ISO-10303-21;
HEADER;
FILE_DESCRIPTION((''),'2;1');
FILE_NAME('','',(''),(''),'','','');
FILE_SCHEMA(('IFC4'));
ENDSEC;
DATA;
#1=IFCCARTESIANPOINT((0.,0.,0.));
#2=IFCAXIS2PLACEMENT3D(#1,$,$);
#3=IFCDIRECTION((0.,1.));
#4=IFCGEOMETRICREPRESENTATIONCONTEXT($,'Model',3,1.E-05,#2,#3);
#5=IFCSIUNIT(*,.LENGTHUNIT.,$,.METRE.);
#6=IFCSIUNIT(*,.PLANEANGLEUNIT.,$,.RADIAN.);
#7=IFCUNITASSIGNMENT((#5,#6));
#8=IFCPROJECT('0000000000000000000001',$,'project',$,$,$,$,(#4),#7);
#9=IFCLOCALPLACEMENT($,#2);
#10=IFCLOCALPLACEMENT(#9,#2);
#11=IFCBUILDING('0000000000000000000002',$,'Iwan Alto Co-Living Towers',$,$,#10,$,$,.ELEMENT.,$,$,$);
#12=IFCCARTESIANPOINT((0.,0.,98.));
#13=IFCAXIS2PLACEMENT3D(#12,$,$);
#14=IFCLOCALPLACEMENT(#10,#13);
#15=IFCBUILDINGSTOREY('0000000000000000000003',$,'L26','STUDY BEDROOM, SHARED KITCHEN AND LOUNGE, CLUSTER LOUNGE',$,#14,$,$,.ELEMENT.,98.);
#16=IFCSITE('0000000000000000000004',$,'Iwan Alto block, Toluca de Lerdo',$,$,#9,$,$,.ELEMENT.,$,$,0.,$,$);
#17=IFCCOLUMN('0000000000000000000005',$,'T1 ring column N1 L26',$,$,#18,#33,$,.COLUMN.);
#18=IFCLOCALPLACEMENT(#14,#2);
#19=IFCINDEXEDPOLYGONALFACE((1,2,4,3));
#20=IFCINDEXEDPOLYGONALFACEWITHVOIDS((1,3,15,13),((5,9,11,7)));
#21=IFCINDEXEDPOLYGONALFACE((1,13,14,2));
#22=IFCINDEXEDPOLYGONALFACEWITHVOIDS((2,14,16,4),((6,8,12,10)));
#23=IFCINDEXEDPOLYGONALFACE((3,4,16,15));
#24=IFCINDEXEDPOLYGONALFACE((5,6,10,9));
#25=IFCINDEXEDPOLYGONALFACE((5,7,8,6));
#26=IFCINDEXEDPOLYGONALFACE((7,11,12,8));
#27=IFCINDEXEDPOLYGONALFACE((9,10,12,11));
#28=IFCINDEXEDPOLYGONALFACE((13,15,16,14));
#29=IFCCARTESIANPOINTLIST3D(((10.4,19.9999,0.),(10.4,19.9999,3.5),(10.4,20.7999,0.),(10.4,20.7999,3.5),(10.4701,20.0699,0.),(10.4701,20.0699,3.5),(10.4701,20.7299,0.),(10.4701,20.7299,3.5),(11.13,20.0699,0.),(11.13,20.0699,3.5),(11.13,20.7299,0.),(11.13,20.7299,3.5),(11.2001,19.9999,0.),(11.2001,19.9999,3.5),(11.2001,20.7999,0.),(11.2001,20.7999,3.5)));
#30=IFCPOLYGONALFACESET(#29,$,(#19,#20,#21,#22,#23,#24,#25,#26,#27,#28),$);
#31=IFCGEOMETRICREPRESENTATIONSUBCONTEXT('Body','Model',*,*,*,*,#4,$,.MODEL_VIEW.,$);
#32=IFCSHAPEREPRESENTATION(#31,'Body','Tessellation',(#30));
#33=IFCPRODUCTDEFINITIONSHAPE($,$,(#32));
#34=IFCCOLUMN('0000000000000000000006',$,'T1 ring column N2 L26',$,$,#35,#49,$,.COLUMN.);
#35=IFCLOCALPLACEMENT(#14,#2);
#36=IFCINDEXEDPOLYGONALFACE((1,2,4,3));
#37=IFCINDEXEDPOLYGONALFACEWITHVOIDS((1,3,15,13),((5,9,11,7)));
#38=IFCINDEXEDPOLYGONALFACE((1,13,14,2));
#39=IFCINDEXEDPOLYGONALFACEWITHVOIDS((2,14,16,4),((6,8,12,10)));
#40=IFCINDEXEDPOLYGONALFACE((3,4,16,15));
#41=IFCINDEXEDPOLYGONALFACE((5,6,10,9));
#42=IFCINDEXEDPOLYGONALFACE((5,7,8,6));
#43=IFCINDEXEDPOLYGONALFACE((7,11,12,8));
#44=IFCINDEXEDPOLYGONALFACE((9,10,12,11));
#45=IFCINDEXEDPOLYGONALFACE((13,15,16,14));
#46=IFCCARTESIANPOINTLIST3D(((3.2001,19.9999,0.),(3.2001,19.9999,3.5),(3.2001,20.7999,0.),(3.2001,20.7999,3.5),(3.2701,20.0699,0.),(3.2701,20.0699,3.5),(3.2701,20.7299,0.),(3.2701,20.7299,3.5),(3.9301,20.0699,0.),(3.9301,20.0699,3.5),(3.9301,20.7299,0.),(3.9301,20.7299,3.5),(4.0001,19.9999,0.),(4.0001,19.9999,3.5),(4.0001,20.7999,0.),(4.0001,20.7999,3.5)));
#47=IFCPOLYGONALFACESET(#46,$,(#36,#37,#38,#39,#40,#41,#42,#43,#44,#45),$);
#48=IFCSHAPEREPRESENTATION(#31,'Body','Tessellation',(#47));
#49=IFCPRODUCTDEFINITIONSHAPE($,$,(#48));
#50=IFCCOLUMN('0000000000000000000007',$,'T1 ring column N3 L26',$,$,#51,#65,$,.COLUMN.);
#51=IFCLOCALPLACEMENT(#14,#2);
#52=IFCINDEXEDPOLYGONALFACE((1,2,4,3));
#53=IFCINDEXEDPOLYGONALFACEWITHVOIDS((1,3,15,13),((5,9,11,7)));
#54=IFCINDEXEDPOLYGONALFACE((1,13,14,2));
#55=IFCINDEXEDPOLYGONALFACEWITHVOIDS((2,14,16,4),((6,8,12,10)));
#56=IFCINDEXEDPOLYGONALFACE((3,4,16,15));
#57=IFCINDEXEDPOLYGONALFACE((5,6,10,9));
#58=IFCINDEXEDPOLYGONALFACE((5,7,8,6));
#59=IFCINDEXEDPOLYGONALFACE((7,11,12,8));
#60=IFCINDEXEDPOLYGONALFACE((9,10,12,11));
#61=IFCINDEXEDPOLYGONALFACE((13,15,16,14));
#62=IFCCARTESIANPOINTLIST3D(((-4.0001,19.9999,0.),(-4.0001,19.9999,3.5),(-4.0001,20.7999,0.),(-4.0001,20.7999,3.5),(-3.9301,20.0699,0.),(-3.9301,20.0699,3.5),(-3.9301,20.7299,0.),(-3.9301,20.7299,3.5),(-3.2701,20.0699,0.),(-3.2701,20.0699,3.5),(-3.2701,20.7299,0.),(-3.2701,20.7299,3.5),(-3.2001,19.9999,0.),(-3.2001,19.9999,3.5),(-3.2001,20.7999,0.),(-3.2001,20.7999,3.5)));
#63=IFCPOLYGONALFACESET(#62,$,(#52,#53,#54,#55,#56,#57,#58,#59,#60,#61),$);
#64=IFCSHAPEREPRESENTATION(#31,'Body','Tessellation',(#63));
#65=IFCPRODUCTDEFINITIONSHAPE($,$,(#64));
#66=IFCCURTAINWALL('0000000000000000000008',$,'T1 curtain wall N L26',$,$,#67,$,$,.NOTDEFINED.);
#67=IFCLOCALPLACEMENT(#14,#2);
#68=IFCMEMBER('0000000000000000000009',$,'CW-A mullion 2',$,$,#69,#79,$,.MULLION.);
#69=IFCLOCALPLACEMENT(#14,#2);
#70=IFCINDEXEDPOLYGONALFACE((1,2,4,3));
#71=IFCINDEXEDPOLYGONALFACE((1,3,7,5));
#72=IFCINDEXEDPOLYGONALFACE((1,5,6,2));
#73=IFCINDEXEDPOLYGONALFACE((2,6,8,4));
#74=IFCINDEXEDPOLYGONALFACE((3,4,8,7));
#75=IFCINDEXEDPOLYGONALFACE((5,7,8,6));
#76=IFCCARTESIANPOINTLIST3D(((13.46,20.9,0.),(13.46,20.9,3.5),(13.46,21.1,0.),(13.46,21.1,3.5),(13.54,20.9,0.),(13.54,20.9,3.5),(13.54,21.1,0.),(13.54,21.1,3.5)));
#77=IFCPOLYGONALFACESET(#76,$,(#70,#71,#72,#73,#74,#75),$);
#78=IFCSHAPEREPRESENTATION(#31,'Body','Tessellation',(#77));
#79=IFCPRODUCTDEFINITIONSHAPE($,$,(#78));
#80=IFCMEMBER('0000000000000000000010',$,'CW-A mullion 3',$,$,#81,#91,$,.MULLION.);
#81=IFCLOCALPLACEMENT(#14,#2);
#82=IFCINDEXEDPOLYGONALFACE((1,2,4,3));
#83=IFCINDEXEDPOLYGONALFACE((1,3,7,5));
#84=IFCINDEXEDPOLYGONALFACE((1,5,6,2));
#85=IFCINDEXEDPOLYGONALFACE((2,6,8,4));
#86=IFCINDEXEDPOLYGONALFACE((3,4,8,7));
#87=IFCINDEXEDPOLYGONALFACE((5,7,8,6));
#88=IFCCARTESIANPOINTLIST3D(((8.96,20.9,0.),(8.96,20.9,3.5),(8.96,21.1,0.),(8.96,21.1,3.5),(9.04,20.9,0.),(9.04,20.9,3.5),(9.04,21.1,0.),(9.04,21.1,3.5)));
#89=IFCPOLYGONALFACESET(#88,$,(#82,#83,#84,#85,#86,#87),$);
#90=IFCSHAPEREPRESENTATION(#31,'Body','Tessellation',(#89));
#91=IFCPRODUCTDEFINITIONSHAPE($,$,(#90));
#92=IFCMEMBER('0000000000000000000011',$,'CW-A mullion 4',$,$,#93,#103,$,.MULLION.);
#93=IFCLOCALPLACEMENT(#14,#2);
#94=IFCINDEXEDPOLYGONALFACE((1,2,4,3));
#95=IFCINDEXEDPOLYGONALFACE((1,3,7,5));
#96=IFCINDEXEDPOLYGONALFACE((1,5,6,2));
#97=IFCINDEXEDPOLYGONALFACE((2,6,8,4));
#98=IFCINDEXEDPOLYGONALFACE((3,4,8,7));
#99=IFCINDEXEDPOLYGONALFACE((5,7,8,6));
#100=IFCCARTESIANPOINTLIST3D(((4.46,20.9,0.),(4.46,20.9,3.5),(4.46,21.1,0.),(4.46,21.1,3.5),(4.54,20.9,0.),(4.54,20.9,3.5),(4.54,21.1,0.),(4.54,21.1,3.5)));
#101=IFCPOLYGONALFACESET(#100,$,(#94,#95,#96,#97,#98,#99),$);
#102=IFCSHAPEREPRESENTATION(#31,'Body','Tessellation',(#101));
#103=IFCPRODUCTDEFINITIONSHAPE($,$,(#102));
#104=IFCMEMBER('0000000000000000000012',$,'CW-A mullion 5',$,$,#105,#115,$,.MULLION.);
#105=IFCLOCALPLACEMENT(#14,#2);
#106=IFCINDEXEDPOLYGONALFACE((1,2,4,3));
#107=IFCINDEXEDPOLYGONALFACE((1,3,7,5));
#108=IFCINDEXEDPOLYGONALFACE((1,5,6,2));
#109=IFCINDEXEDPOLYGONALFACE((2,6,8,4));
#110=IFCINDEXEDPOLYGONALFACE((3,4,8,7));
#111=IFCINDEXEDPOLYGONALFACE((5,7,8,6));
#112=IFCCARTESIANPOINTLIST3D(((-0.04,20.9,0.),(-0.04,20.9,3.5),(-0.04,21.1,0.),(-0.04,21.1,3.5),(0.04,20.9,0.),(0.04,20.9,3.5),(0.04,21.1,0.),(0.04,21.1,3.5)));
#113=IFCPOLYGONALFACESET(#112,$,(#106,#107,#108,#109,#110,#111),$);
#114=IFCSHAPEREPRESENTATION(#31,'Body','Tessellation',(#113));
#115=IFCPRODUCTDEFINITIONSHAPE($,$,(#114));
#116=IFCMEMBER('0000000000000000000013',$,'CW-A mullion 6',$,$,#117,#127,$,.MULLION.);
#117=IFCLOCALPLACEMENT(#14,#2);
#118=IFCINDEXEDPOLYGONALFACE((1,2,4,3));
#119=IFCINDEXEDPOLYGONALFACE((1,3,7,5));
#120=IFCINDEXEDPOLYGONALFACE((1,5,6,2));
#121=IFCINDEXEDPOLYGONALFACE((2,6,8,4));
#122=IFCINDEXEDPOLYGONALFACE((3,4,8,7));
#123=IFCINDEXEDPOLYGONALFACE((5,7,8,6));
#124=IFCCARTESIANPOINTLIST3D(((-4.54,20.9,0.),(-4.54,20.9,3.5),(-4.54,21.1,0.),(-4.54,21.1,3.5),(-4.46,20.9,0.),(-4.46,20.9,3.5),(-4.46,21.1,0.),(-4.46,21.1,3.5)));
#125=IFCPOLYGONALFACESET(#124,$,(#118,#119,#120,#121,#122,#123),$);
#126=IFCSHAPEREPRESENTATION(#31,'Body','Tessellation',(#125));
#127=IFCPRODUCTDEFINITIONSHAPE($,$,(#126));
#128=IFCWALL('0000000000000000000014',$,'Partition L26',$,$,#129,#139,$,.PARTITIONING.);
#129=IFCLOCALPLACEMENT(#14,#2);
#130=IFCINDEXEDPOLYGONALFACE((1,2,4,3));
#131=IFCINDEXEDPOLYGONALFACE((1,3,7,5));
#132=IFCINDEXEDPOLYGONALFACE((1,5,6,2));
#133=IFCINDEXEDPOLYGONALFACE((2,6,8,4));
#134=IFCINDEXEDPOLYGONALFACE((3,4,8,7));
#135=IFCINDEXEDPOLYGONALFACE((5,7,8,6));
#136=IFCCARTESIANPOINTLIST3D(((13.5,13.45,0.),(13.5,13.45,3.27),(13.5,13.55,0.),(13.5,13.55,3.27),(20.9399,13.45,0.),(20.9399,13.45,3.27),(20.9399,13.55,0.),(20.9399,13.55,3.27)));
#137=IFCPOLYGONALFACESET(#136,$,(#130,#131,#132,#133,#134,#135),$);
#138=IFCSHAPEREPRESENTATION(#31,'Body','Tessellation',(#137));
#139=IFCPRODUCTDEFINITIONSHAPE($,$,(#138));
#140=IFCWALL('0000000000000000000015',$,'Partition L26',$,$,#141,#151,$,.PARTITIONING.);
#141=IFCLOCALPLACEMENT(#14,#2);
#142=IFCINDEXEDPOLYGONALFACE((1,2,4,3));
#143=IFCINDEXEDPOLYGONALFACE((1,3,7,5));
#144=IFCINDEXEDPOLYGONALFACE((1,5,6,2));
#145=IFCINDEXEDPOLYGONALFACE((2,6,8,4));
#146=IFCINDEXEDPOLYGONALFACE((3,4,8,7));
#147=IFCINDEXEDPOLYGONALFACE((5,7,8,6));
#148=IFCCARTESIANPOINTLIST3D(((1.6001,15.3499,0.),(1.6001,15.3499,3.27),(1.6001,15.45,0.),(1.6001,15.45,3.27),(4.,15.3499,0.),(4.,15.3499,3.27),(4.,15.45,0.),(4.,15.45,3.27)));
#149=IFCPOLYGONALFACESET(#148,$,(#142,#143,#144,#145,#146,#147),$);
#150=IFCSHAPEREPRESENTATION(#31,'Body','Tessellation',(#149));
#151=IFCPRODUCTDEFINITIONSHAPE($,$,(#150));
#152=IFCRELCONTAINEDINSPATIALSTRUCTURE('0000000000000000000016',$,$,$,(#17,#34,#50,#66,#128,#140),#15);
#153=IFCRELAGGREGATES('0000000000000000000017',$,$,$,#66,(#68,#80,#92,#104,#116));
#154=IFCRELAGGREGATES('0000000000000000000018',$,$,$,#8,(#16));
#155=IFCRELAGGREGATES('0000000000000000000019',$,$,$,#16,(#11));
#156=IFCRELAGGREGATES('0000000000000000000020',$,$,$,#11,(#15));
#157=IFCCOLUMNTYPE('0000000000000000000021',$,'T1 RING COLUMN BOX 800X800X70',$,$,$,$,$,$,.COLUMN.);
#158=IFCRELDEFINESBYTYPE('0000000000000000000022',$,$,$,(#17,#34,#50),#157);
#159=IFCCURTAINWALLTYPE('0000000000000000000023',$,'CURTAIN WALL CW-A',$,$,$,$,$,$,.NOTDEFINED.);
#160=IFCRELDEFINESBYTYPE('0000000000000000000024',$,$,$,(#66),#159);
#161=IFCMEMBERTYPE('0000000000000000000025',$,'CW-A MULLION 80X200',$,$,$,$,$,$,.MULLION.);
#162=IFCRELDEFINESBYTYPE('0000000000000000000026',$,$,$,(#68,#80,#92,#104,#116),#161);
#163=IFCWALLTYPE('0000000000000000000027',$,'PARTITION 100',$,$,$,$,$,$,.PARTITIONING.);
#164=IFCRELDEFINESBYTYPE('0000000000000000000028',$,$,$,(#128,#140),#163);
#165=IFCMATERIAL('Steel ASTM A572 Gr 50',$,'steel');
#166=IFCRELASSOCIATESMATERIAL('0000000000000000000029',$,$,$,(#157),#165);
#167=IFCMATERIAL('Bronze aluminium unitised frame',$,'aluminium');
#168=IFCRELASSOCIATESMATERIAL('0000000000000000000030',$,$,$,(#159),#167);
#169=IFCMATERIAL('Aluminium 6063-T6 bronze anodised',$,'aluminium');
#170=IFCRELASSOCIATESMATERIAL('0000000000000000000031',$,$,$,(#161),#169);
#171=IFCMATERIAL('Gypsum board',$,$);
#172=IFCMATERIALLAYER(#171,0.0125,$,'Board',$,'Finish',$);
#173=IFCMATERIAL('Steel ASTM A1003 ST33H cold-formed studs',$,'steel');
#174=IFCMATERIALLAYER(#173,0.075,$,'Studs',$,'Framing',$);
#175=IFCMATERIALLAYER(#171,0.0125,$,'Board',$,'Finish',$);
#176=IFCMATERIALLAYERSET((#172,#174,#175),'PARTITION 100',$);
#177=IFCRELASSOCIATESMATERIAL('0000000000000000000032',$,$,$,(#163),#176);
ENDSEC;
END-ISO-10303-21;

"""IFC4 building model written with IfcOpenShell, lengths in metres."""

from ifc_helpers import new_model, si_unit, direction, frame, frame_2d, origin, origin_2d, place, context, subcontext, project, spatial, rectangle, hollow_rectangle, extrude, material, layer, layer_set, material_profile, profile_set, type_object, element, aggregate, save


model = new_model("IFC4")

# Units and contexts
model_context = context("Model", 3, precision=1e-05, world=origin(), true_north=direction((0.0, 1.0)))
body_context = subcontext(model_context, "Body", "Model", "MODEL_VIEW")
ifc_project = project(units=[si_unit("LENGTHUNIT", "METRE"), si_unit("PLANEANGLEUNIT", "RADIAN")], contexts=[model_context])

# Site, building, storey
site_placement = place(None, origin())
site = spatial("IfcSite", under=ifc_project, at=site_placement, Name="Iwan Alto block, Toluca de Lerdo", CompositionType="ELEMENT", RefElevation=0.0)
building_placement = place(site_placement, origin())
building = spatial("IfcBuilding", under=site, at=building_placement, Name="Iwan Alto Co-Living Towers", CompositionType="ELEMENT")
storey_placement = place(building_placement, frame((0.0, 0.0, 98.0)))
storey = spatial("IfcBuildingStorey", under=building, at=storey_placement, Name="L26", Description="STUDY BEDROOM, SHARED KITCHEN AND LOUNGE, CLUSTER LOUNGE", CompositionType="ELEMENT", Elevation=98.0)

# Columns
ifc_material_1 = material(Name="Steel ASTM A572 Gr 50", Category="steel")
ifc_material_profile_1 = material_profile(ifc_material_1, hollow_rectangle(XDim=0.8, YDim=0.8, WallThickness=0.0701, at=origin_2d()), Name="BOX 800X800X70")
ifc_profile_set_1 = profile_set([ifc_material_profile_1], Name="Steel ASTM A572 Gr 50")
column_type = type_object("IfcColumnType", Name="T1 RING COLUMN BOX 800X800X70", PredefinedType="COLUMN", material=ifc_profile_set_1)
for number, where, z_axis, x_axis, name in (
    (1, (10.8, 20.3999, 0.0), (0.0, 0.0, 1.0), (1.0, 0.0, 0.0), "T1 ring column N1 L26"),
    (2, (3.6001, 20.3999, 0.0), (0.0, 0.0, 1.0), (1.0, 0.0, 0.0), "T1 ring column N2 L26"),
    (3, (-3.6001, 20.3999, 0.0), (0.0, 0.0, 1.0), (1.0, 0.0, 0.0), "T1 ring column N3 L26"),
):
    element("IfcColumn", number, at=place(storey_placement, frame(where, z_axis=z_axis, x_axis=x_axis)), inside=storey, type_object=column_type, Name=name, PredefinedType="COLUMN", context=body_context, shape_type="SweptSolid", body=[
        extrude(hollow_rectangle(XDim=0.8, YDim=0.8, WallThickness=0.0701, at=origin_2d()), origin(), (0.0, 0.0, 1.0), 3.5),
    ])

# Curtain wall, members
ifc_material_2 = material(Name="Bronze aluminium unitised frame", Category="aluminium")
curtain_wall_type = type_object("IfcCurtainWallType", Name="CURTAIN WALL CW-A", PredefinedType="NOTDEFINED", material=ifc_material_2)
curtain_wall_placement = place(storey_placement, origin())
curtain_wall = element("IfcCurtainWall", 4, at=curtain_wall_placement, inside=storey, type_object=curtain_wall_type, Name="T1 curtain wall N L26", PredefinedType="NOTDEFINED")
ifc_material_3 = material(Name="Aluminium 6063-T6 bronze anodised", Category="aluminium")
ifc_material_profile_2 = material_profile(ifc_material_3, rectangle(XDim=0.2, YDim=0.0801, at=origin_2d()), Name="AL 80X200")
ifc_profile_set_2 = profile_set([ifc_material_profile_2], Name="Aluminium 6063-T6 bronze anodised")
member_type = type_object("IfcMemberType", Name="CW-A MULLION 80X200", PredefinedType="MULLION", material=ifc_profile_set_2)
member_1_placement = place(storey_placement, frame((13.5, 21.0, 0.0), z_axis=(0.0, 0.0, 1.0), x_axis=(0.0, -1.0, 0.0)))
member_1 = element("IfcMember", 5, at=member_1_placement, type_object=member_type, Name="CW-A mullion 2", PredefinedType="MULLION", context=body_context, shape_type="SweptSolid", body=[
    extrude(rectangle(XDim=0.2, YDim=0.0801, at=origin_2d()), origin(), (0.0, 0.0, 1.0), 3.5),
])
member_2_placement = place(storey_placement, frame((9.0, 21.0, 0.0), z_axis=(0.0, 0.0, 1.0), x_axis=(0.0, -1.0, 0.0)))
member_2 = element("IfcMember", 6, at=member_2_placement, type_object=member_type, Name="CW-A mullion 3", PredefinedType="MULLION", context=body_context, shape_type="SweptSolid", body=[
    extrude(rectangle(XDim=0.2, YDim=0.0801, at=origin_2d()), origin(), (0.0, 0.0, 1.0), 3.5),
])
member_3_placement = place(storey_placement, frame((4.5, 21.0, 0.0), z_axis=(0.0, 0.0, 1.0), x_axis=(0.0, -1.0, 0.0)))
member_3 = element("IfcMember", 7, at=member_3_placement, type_object=member_type, Name="CW-A mullion 4", PredefinedType="MULLION", context=body_context, shape_type="SweptSolid", body=[
    extrude(rectangle(XDim=0.2, YDim=0.0801, at=origin_2d()), origin(), (0.0, 0.0, 1.0), 3.5),
])
member_4_placement = place(storey_placement, frame((0.0, 21.0, 0.0), z_axis=(0.0, 0.0, 1.0), x_axis=(0.0, -1.0, 0.0)))
member_4 = element("IfcMember", 8, at=member_4_placement, type_object=member_type, Name="CW-A mullion 5", PredefinedType="MULLION", context=body_context, shape_type="SweptSolid", body=[
    extrude(rectangle(XDim=0.2, YDim=0.0801, at=origin_2d()), origin(), (0.0, 0.0, 1.0), 3.5),
])
member_5_placement = place(storey_placement, frame((-4.5, 21.0, 0.0), z_axis=(0.0, 0.0, 1.0), x_axis=(0.0, -1.0, 0.0)))
member_5 = element("IfcMember", 9, at=member_5_placement, type_object=member_type, Name="CW-A mullion 6", PredefinedType="MULLION", context=body_context, shape_type="SweptSolid", body=[
    extrude(rectangle(XDim=0.2, YDim=0.0801, at=origin_2d()), origin(), (0.0, 0.0, 1.0), 3.5),
])
aggregate(curtain_wall, [member_1, member_2, member_3, member_4, member_5])

# Walls
ifc_material_4 = material(Name="Gypsum board")
ifc_layer_1 = layer(ifc_material_4, 0.0125, Name="Board", Category="Finish")
ifc_material_5 = material(Name="Steel ASTM A1003 ST33H cold-formed studs", Category="steel")
ifc_layer_2 = layer(ifc_material_5, 0.075, Name="Studs", Category="Framing")
ifc_layer_3 = layer(ifc_material_4, 0.0125, Name="Board", Category="Finish")
ifc_layer_set_1 = layer_set([ifc_layer_1, ifc_layer_2, ifc_layer_3], Name="PARTITION 100")
wall_type_1 = type_object("IfcWallType", Name="PARTITION 100", PredefinedType="PARTITIONING", material=ifc_layer_set_1)
wall_1_placement = place(storey_placement, frame((13.5, 13.5, 0.0), z_axis=(0.0, 0.0, 1.0), x_axis=(1.0, 0.0, 0.0)))
element("IfcWall", 10, at=wall_1_placement, inside=storey, type_object=wall_type_1, Name="Partition L26", PredefinedType="PARTITIONING", context=body_context, shape_type="SweptSolid", body=[
    extrude(rectangle(XDim=7.4399, YDim=0.1001, at=frame_2d((3.72, 0.0))), origin(), (0.0, 0.0, 1.0), 3.27),
])
wall_2_placement = place(storey_placement, frame((1.6001, 15.3999, 0.0), z_axis=(0.0, 0.0, 1.0), x_axis=(1.0, 0.0, 0.0)))
element("IfcWall", 11, at=wall_2_placement, inside=storey, type_object=wall_type_1, Name="Partition L26", PredefinedType="PARTITIONING", context=body_context, shape_type="SweptSolid", body=[
    extrude(rectangle(XDim=2.3999, YDim=0.1001, at=frame_2d((1.2, 0.0))), origin(), (0.0, 0.0, 1.0), 3.27),
])

save(model, "model.ifc")
